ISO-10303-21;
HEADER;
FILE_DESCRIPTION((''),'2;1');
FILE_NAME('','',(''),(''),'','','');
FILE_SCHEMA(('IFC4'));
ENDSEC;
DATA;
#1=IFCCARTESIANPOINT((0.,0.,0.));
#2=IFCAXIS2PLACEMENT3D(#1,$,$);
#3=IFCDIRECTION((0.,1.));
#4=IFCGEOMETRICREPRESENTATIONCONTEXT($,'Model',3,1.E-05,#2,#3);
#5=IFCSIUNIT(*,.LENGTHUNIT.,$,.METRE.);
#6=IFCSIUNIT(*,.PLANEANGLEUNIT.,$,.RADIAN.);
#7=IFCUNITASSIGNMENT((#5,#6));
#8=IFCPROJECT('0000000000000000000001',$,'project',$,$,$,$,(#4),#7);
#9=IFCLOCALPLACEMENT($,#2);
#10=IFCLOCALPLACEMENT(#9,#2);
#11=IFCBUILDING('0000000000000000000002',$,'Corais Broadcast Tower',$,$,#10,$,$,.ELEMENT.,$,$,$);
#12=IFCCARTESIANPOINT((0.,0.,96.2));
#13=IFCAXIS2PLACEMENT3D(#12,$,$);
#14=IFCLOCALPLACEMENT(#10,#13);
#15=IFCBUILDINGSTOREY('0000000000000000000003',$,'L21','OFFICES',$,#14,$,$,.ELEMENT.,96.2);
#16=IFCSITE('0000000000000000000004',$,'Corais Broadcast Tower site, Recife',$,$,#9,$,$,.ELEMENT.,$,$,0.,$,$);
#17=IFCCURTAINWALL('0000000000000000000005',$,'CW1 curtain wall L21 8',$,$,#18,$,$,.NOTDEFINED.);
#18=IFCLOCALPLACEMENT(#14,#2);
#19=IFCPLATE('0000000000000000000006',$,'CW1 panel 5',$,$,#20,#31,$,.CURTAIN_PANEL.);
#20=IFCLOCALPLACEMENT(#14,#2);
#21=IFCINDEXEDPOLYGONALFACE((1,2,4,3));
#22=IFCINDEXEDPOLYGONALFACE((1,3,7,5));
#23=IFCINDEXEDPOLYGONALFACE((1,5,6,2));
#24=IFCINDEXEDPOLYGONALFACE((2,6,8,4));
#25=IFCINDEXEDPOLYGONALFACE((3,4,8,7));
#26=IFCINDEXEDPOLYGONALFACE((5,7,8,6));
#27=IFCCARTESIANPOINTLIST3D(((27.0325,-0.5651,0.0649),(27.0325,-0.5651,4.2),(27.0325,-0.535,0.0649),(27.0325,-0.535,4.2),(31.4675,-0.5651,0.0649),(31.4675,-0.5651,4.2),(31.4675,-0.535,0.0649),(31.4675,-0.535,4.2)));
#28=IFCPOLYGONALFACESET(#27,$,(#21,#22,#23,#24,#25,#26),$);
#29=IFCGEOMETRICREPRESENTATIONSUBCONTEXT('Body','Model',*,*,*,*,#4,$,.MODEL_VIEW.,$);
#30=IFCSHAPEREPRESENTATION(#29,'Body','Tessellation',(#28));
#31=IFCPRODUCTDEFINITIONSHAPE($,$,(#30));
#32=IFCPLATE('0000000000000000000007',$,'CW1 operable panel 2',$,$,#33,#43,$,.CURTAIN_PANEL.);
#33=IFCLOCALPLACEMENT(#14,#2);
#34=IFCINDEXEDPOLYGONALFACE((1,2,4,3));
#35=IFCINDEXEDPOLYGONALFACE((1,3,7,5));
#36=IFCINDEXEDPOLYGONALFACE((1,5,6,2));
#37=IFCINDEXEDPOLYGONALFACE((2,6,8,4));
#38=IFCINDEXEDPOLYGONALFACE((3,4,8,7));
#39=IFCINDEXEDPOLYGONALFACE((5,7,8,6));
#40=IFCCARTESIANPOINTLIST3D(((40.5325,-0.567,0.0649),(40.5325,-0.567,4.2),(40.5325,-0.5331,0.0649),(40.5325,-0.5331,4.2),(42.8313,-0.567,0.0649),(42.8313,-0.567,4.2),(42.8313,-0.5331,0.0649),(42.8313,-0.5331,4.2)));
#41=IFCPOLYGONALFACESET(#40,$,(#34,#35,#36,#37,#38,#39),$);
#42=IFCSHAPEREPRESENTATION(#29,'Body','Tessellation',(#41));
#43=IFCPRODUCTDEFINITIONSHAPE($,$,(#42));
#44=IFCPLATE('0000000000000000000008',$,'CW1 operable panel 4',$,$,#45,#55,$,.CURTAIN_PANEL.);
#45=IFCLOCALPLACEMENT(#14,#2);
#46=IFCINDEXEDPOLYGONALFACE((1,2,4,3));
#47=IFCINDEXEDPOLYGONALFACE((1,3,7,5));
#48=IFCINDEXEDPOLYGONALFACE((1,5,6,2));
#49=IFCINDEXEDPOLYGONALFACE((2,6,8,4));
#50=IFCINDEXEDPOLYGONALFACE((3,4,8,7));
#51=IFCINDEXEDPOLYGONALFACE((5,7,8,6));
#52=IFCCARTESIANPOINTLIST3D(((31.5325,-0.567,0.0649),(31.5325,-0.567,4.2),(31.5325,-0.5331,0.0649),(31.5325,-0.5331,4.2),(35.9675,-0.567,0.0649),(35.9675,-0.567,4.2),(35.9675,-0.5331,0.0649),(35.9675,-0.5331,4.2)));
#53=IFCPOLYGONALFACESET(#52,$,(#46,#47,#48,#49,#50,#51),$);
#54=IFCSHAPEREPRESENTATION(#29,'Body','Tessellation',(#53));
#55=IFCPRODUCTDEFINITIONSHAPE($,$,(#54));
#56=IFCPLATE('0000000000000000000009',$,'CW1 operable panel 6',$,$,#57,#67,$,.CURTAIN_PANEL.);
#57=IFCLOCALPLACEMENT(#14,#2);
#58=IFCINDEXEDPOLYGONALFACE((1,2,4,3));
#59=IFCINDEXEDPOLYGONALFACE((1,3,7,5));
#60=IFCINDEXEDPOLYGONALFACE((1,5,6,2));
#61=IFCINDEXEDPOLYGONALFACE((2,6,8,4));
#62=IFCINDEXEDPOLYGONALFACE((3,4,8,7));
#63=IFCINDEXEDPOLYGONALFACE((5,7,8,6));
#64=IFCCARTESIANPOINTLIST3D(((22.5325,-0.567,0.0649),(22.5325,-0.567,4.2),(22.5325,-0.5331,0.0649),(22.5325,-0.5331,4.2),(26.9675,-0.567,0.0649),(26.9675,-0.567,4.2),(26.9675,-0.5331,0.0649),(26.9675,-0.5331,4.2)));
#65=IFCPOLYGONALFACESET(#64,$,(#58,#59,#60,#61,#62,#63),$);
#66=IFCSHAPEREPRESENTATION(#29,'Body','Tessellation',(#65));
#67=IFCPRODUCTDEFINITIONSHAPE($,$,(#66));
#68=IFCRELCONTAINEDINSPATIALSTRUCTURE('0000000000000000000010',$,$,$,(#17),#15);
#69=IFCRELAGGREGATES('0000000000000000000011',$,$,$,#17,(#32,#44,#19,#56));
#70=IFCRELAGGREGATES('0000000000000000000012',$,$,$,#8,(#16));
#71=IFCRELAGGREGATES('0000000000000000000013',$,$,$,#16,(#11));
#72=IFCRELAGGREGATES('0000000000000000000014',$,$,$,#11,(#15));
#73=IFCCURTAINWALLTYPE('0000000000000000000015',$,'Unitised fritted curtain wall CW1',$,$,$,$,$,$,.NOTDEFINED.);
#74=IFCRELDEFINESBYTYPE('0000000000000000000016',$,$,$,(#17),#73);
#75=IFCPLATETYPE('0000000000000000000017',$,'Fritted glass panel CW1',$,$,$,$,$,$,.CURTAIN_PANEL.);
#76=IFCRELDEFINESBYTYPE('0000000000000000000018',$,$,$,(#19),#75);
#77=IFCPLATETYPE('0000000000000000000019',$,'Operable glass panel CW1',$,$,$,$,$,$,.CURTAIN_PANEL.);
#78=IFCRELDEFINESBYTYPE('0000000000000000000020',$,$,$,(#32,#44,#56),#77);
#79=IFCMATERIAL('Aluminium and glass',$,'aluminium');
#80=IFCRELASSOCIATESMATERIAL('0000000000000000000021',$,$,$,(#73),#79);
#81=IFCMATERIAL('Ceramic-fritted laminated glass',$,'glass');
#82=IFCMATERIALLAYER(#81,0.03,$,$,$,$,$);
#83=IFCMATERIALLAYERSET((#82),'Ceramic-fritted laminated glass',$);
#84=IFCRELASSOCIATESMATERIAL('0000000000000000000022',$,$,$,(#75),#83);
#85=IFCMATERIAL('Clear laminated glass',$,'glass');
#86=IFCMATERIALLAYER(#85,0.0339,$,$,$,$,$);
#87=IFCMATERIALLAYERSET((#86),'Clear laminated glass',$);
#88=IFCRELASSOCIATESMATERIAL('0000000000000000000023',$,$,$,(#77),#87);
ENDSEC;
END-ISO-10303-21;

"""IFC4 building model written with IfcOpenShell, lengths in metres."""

from ifc_helpers import new_model, si_unit, direction, frame, origin, origin_2d, place, context, subcontext, project, spatial, rectangle, extrude, material, layer, layer_set, type_object, element, aggregate, save


model = new_model("IFC4")

# Units and contexts
model_context = context("Model", 3, precision=1e-05, world=origin(), true_north=direction((0.0, 1.0)))
body_context = subcontext(model_context, "Body", "Model", "MODEL_VIEW")
ifc_project = project(units=[si_unit("LENGTHUNIT", "METRE"), si_unit("PLANEANGLEUNIT", "RADIAN")], contexts=[model_context])

# Site, building, storey
site_placement = place(None, origin())
site = spatial("IfcSite", under=ifc_project, at=site_placement, Name="Corais Broadcast Tower site, Recife", CompositionType="ELEMENT", RefElevation=0.0)
building_placement = place(site_placement, origin())
building = spatial("IfcBuilding", under=site, at=building_placement, Name="Corais Broadcast Tower", CompositionType="ELEMENT")
storey_placement = place(building_placement, frame((0.0, 0.0, 96.2)))
storey = spatial("IfcBuildingStorey", under=building, at=storey_placement, Name="L21", Description="OFFICES", CompositionType="ELEMENT", Elevation=96.2)

# Curtain wall
ifc_material_1 = material(Name="Aluminium and glass", Category="aluminium")
curtain_wall_type = type_object("IfcCurtainWallType", Name="Unitised fritted curtain wall CW1", PredefinedType="NOTDEFINED", material=ifc_material_1)
curtain_wall_placement = place(storey_placement, origin())
curtain_wall = element("IfcCurtainWall", 1, at=curtain_wall_placement, inside=storey, type_object=curtain_wall_type, Name="CW1 curtain wall L21 8", PredefinedType="NOTDEFINED")

# Plates
ifc_material_2 = material(Name="Ceramic-fritted laminated glass", Category="glass")
ifc_layer_1 = layer(ifc_material_2, 0.03)
ifc_layer_set_1 = layer_set([ifc_layer_1], Name="Ceramic-fritted laminated glass")
plate_type_1 = type_object("IfcPlateType", Name="Fritted glass panel CW1", PredefinedType="CURTAIN_PANEL", material=ifc_layer_set_1)
plate_1_placement = place(storey_placement, frame((29.25, -0.55, 0.0649), z_axis=(0.0, 0.0, 1.0), x_axis=(-1.0, 0.0, 0.0)))
plate_1 = element("IfcPlate", 2, at=plate_1_placement, type_object=plate_type_1, Name="CW1 panel 5", PredefinedType="CURTAIN_PANEL", context=body_context, shape_type="SweptSolid", body=[
    extrude(rectangle(XDim=4.4351, YDim=0.03, at=origin_2d()), origin(), (0.0, 0.0, 1.0), 4.135),
])
ifc_material_3 = material(Name="Clear laminated glass", Category="glass")
ifc_layer_2 = layer(ifc_material_3, 0.0339)
ifc_layer_set_2 = layer_set([ifc_layer_2], Name="Clear laminated glass")
plate_type_2 = type_object("IfcPlateType", Name="Operable glass panel CW1", PredefinedType="CURTAIN_PANEL", material=ifc_layer_set_2)
plate_2_placement = place(storey_placement, frame((41.6819, -0.55, 0.0649), z_axis=(0.0, 0.0, 1.0), x_axis=(-1.0, 0.0, 0.0)))
plate_2 = element("IfcPlate", 3, at=plate_2_placement, type_object=plate_type_2, Name="CW1 operable panel 2", PredefinedType="CURTAIN_PANEL", context=body_context, shape_type="SweptSolid", body=[
    extrude(rectangle(XDim=2.2988, YDim=0.0339, at=origin_2d()), origin(), (0.0, 0.0, 1.0), 4.135),
])
plate_3_placement = place(storey_placement, frame((33.75, -0.55, 0.0649), z_axis=(0.0, 0.0, 1.0), x_axis=(-1.0, 0.0, 0.0)))
plate_3 = element("IfcPlate", 4, at=plate_3_placement, type_object=plate_type_2, Name="CW1 operable panel 4", PredefinedType="CURTAIN_PANEL", context=body_context, shape_type="SweptSolid", body=[
    extrude(rectangle(XDim=4.4351, YDim=0.0339, at=origin_2d()), origin(), (0.0, 0.0, 1.0), 4.135),
])
plate_4_placement = place(storey_placement, frame((24.75, -0.55, 0.0649), z_axis=(0.0, 0.0, 1.0), x_axis=(-1.0, 0.0, 0.0)))
plate_4 = element("IfcPlate", 5, at=plate_4_placement, type_object=plate_type_2, Name="CW1 operable panel 6", PredefinedType="CURTAIN_PANEL", context=body_context, shape_type="SweptSolid", body=[
    extrude(rectangle(XDim=4.4351, YDim=0.0339, at=origin_2d()), origin(), (0.0, 0.0, 1.0), 4.135),
])
aggregate(curtain_wall, [plate_2, plate_3, plate_1, plate_4])

save(model, "model.ifc")
